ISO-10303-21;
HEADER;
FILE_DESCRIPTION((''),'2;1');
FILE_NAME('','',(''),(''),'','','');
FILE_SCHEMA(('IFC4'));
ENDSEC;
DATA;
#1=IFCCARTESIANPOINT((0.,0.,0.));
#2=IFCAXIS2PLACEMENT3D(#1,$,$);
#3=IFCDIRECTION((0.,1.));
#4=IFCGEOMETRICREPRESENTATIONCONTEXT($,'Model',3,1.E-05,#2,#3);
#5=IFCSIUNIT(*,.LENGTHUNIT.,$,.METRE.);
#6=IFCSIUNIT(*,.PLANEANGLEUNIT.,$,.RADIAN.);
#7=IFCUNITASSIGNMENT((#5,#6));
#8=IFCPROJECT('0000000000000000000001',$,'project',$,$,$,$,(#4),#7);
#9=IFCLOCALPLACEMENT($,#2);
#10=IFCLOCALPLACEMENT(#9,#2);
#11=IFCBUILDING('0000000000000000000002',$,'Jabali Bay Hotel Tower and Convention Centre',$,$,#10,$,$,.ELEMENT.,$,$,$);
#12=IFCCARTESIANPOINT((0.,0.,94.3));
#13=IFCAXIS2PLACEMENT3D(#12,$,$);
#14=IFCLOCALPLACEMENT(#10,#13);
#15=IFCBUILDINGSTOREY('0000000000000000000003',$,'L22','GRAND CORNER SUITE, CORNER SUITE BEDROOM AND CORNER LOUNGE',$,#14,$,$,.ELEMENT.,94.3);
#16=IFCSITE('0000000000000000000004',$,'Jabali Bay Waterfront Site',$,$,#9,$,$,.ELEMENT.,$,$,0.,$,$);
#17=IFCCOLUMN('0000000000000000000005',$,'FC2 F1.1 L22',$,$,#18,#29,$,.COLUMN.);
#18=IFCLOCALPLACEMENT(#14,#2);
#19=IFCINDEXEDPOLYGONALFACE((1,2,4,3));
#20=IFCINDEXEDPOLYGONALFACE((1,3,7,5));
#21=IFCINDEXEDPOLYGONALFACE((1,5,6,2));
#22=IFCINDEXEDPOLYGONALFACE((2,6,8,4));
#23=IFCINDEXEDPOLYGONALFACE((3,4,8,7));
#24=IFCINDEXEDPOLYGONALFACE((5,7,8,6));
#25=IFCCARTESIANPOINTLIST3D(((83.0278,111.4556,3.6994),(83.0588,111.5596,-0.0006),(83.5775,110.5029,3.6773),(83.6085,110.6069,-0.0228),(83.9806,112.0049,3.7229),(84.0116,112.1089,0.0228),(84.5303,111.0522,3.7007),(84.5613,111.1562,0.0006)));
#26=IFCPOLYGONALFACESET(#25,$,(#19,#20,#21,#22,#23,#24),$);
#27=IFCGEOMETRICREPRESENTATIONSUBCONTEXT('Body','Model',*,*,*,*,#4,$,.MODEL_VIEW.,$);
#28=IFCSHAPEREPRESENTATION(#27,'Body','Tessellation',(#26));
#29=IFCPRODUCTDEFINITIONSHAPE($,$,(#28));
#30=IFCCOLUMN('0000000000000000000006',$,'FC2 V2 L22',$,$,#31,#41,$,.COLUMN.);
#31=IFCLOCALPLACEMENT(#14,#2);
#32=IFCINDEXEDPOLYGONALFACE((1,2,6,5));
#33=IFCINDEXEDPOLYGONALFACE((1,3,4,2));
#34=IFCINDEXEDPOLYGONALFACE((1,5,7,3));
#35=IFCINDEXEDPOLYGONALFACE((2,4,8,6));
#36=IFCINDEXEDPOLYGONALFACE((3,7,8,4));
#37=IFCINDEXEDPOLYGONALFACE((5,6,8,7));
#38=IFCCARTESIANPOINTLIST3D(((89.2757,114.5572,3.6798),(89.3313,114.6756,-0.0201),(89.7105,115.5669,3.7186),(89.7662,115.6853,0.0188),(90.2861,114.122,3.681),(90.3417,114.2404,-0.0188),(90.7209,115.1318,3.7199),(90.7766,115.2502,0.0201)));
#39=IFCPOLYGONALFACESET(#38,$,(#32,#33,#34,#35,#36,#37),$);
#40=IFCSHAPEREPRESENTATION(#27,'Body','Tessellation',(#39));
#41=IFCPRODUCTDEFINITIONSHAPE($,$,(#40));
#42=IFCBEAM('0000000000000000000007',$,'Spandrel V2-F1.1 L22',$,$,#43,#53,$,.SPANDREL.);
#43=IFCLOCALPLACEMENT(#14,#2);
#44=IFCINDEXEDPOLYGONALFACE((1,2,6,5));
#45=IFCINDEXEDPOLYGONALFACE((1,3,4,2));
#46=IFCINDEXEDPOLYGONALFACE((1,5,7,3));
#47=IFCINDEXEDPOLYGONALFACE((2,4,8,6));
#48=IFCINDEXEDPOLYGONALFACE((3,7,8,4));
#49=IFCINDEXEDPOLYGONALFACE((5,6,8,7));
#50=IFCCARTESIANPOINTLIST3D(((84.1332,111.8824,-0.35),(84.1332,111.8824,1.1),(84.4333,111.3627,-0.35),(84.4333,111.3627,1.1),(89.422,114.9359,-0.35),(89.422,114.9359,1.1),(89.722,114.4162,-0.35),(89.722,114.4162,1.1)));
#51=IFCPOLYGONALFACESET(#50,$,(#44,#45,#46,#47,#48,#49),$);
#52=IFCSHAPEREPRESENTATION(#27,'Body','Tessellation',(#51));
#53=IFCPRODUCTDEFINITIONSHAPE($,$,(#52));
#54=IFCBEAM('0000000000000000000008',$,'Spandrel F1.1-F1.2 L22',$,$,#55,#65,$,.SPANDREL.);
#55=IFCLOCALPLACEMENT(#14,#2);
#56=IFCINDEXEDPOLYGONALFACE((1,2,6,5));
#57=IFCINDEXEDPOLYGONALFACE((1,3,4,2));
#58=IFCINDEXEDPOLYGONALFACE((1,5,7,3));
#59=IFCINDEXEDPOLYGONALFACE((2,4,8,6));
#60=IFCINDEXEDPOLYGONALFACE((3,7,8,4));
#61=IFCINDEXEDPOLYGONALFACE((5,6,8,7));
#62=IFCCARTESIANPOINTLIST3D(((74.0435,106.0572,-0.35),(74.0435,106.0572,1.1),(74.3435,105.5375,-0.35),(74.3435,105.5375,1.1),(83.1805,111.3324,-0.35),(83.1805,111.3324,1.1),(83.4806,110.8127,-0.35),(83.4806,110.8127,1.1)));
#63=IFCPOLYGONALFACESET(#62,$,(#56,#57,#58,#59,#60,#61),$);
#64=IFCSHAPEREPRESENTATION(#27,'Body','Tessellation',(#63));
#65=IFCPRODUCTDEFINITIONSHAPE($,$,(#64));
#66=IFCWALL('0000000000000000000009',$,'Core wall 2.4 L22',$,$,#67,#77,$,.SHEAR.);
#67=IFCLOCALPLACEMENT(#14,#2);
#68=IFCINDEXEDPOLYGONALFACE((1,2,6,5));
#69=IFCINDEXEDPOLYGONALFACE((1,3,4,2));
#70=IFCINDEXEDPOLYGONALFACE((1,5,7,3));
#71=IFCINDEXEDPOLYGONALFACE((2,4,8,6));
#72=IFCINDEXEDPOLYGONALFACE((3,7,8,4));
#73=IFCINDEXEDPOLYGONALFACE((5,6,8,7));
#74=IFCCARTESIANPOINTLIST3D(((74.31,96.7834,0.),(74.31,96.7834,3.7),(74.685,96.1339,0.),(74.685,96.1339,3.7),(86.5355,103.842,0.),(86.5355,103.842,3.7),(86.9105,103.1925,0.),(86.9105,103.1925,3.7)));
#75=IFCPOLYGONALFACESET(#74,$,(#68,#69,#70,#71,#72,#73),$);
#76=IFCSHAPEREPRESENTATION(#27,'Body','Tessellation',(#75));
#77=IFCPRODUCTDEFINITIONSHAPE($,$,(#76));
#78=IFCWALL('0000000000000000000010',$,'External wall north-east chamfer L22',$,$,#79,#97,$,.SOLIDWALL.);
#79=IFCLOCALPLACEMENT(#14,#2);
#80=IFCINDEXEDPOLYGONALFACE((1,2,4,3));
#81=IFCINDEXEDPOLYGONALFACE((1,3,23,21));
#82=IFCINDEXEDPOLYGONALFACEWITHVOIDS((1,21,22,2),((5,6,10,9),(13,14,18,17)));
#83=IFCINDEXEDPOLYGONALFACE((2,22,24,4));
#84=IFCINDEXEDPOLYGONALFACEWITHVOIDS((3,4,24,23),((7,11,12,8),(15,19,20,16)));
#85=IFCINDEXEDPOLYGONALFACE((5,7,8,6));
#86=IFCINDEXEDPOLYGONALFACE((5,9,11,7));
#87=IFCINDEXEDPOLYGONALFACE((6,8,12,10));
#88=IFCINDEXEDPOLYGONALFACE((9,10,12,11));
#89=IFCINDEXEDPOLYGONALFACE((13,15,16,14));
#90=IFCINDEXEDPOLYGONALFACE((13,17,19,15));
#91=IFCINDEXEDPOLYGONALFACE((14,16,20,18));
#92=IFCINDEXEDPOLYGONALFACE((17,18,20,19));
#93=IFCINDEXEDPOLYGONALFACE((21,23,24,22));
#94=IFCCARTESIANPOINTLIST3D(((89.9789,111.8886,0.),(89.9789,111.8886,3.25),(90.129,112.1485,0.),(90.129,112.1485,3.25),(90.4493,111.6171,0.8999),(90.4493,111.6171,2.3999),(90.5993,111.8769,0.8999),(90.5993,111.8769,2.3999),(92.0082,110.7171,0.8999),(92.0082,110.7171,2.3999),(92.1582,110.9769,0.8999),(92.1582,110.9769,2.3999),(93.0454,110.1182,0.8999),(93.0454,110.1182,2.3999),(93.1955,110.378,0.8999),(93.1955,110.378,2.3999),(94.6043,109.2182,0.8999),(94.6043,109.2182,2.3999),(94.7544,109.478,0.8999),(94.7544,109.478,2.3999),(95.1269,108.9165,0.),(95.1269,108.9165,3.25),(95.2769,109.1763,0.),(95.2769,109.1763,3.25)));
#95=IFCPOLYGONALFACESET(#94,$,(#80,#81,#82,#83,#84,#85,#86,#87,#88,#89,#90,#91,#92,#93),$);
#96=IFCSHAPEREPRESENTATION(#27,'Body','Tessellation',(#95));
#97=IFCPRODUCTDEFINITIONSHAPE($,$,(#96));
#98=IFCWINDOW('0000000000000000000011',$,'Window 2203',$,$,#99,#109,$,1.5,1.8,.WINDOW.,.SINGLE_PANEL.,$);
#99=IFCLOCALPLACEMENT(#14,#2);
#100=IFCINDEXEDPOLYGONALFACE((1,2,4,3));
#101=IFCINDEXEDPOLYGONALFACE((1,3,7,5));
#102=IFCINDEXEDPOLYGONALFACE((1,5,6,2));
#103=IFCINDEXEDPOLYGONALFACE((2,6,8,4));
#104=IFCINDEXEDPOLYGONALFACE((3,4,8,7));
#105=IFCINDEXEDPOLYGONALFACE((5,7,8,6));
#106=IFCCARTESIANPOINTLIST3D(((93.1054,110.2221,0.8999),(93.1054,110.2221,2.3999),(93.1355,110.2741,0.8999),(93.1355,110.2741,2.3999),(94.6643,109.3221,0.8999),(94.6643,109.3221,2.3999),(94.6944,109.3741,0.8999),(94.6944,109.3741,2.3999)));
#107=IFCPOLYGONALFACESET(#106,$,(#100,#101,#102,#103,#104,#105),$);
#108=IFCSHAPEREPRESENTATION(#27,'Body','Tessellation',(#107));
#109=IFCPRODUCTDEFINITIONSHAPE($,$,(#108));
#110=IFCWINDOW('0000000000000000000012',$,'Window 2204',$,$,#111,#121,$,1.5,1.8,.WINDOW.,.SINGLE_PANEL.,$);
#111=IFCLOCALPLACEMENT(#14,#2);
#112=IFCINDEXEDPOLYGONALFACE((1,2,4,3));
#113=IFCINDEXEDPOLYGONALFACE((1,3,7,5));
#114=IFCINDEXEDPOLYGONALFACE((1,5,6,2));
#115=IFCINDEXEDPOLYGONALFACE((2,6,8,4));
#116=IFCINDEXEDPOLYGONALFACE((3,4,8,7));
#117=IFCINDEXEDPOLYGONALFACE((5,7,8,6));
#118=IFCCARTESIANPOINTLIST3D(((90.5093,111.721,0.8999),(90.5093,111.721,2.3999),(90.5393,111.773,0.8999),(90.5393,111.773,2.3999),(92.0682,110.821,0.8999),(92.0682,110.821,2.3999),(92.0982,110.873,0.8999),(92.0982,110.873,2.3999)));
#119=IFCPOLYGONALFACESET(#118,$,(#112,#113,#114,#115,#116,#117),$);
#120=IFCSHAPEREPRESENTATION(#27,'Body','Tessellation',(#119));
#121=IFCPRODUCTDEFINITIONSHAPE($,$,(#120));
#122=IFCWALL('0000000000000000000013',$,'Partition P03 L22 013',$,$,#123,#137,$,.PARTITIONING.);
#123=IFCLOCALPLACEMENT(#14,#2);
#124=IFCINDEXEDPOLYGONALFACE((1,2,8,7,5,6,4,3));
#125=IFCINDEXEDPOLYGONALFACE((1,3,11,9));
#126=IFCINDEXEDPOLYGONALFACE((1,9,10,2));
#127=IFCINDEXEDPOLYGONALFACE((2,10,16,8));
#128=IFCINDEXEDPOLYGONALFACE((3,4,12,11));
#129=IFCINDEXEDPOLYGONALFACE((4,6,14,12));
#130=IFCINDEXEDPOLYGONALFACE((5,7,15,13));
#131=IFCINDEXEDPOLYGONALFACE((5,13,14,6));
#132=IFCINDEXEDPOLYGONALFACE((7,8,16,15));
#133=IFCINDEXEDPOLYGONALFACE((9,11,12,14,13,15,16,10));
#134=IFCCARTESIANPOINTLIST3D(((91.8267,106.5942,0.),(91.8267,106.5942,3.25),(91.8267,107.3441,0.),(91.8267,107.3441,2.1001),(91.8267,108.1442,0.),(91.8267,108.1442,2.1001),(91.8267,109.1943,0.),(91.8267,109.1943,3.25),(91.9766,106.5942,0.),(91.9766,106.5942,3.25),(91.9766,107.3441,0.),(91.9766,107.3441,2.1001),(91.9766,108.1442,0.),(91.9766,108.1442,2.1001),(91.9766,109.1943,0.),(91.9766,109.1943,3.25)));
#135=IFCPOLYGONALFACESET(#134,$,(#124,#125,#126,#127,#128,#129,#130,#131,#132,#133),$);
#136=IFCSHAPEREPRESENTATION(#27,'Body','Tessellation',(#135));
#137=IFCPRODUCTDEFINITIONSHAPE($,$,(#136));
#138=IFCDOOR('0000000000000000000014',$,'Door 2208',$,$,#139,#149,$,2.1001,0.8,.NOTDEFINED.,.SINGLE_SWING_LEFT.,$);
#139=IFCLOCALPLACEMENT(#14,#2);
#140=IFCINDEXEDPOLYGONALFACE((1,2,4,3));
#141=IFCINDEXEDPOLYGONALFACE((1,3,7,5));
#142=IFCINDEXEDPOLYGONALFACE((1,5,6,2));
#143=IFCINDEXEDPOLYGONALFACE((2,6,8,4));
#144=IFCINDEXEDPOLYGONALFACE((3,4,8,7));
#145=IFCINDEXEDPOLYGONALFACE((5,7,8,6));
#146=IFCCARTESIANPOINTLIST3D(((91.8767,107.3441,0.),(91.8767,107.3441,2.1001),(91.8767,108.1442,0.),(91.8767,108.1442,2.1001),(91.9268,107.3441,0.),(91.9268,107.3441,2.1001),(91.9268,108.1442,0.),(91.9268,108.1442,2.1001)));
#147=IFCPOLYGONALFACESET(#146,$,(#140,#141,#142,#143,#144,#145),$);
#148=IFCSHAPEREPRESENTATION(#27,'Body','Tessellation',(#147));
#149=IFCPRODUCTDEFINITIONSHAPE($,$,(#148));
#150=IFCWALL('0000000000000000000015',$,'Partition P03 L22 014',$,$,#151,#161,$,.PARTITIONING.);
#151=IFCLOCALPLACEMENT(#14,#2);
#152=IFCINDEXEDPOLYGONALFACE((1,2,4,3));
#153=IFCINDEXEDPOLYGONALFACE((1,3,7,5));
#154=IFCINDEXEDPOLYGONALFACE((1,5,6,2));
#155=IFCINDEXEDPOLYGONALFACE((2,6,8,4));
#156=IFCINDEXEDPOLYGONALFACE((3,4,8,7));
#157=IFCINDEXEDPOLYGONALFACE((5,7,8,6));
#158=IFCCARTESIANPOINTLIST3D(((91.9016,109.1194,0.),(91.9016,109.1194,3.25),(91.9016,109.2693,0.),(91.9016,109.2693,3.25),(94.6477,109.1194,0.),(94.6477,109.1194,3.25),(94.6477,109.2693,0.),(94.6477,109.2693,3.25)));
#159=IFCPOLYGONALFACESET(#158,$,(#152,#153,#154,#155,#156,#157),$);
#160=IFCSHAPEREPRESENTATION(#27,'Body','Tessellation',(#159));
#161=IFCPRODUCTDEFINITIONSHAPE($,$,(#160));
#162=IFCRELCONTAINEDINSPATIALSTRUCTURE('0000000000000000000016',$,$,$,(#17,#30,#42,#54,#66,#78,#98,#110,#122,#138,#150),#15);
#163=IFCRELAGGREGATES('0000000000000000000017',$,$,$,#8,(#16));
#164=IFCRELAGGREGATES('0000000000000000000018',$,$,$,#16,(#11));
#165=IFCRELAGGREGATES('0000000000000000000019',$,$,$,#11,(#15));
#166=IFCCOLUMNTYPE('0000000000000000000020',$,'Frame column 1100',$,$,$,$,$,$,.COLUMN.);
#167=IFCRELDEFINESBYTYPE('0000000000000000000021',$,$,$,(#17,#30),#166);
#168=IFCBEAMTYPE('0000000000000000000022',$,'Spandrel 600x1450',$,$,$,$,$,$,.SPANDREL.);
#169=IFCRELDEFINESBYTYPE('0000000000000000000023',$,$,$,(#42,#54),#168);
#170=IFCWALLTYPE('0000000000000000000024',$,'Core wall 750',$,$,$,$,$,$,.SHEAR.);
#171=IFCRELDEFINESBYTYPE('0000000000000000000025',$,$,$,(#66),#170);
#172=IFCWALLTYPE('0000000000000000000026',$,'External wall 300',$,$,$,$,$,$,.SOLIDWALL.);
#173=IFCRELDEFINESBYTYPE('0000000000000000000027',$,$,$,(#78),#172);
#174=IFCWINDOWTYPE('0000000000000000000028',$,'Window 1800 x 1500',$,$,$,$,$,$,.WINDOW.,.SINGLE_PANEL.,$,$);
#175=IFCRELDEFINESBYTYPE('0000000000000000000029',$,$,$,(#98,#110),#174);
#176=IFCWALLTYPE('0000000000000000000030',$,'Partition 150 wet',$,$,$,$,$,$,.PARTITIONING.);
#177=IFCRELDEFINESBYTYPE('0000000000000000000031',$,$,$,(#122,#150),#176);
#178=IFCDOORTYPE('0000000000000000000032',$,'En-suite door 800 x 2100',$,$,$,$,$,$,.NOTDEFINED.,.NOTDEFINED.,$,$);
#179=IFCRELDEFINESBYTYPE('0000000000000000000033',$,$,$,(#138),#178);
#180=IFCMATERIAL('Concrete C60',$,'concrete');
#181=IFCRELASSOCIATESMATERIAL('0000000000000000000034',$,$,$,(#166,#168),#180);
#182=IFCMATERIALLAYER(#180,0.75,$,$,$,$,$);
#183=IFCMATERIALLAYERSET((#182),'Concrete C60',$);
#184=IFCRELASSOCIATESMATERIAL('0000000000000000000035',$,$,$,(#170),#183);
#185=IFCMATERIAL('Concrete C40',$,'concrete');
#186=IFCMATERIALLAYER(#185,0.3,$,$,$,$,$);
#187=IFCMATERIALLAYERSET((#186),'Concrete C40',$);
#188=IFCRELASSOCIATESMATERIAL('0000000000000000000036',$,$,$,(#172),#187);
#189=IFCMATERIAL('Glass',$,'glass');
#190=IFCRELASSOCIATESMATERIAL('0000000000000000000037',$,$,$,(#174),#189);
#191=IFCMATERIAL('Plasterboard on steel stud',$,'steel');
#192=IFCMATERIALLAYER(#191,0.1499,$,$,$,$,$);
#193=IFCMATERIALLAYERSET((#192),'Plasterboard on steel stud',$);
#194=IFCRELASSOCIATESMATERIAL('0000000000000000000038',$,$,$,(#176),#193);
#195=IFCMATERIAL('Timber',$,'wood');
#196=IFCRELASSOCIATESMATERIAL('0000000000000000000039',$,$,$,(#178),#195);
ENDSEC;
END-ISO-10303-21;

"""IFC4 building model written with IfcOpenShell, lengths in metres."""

from ifc_helpers import new_model, si_unit, direction, frame, frame_2d, origin, origin_2d, place, context, subcontext, project, spatial, rectangle, extrude, material, layer, layer_set, material_profile, profile_set, type_object, element, fill, save


model = new_model("IFC4")

# Units and contexts
model_context = context("Model", 3, precision=1e-05, world=origin(), true_north=direction((0.0, 1.0)))
body_context = subcontext(model_context, "Body", "Model", "MODEL_VIEW")
ifc_project = project(units=[si_unit("LENGTHUNIT", "METRE"), si_unit("PLANEANGLEUNIT", "RADIAN")], contexts=[model_context])

# Site, building, storey
site_placement = place(None, origin())
site = spatial("IfcSite", under=ifc_project, at=site_placement, Name="Jabali Bay Waterfront Site", CompositionType="ELEMENT", RefElevation=0.0)
building_placement = place(site_placement, origin())
building = spatial("IfcBuilding", under=site, at=building_placement, Name="Jabali Bay Hotel Tower and Convention Centre", CompositionType="ELEMENT")
storey_placement = place(building_placement, frame((0.0, 0.0, 94.3)))
storey = spatial("IfcBuildingStorey", under=building, at=storey_placement, Name="L22", Description="GRAND CORNER SUITE, CORNER SUITE BEDROOM AND CORNER LOUNGE", CompositionType="ELEMENT", Elevation=94.3)

# Columns
ifc_material_1 = material(Name="Concrete C60", Category="concrete")
ifc_material_profile_1 = material_profile(ifc_material_1, rectangle(XDim=1.1001, YDim=1.1001, at=origin_2d()), Name="Frame column 1100")
ifc_profile_set_1 = profile_set([ifc_material_profile_1], Name="Concrete C60")
column_type = type_object("IfcColumnType", Name="Frame column 1100", PredefinedType="COLUMN", material=ifc_profile_set_1)
column_1_placement = place(storey_placement, frame((83.8101, 111.3579, 0.0), z_axis=(-0.008376, -0.028097, 0.99957), x_axis=(0.866172, 0.499293, 0.021293)))
element("IfcColumn", 1, at=column_1_placement, inside=storey, type_object=column_type, Name="FC2 F1.1 L22", PredefinedType="COLUMN", context=body_context, shape_type="SweptSolid", body=[
    extrude(rectangle(XDim=1.1001, YDim=1.1001, at=origin_2d()), origin(), (0.0, 0.0, 1.0), 3.7017),
])
column_2_placement = place(storey_placement, frame((90.054, 114.9629, 0.0), z_axis=(-0.015035, -0.031983, 0.999375), x_axis=(0.918441, -0.395555, 0.001159)))
element("IfcColumn", 2, at=column_2_placement, inside=storey, type_object=column_type, Name="FC2 V2 L22", PredefinedType="COLUMN", context=body_context, shape_type="SweptSolid", body=[
    extrude(rectangle(XDim=1.1001, YDim=1.1001, at=origin_2d()), origin(), (0.0, 0.0, 1.0), 3.7021),
])

# Beams
ifc_material_profile_2 = material_profile(ifc_material_1, rectangle(XDim=0.6001, YDim=1.45, at=origin_2d()), Name="Spandrel 600x1450")
ifc_profile_set_2 = profile_set([ifc_material_profile_2], Name="Concrete C60")
beam_type = type_object("IfcBeamType", Name="Spandrel 600x1450", PredefinedType="SPANDREL", material=ifc_profile_set_2)
beam_1_placement = place(storey_placement, frame((89.572, 114.676, 0.375), z_axis=(-0.866028, -0.499996, 0.0), x_axis=(0.499996, -0.866028, 0.0)))
element("IfcBeam", 3, at=beam_1_placement, inside=storey, type_object=beam_type, Name="Spandrel V2-F1.1 L22", PredefinedType="SPANDREL", context=body_context, shape_type="SweptSolid", body=[
    extrude(rectangle(XDim=0.6001, YDim=1.45, at=origin_2d()), origin(), (0.0, 0.0, 1.0), 6.1069),
])
beam_2_placement = place(storey_placement, frame((83.3306, 111.0725, 0.375), z_axis=(-0.866029, -0.499994, 0.0), x_axis=(0.499994, -0.866029, 0.0)))
element("IfcBeam", 4, at=beam_2_placement, inside=storey, type_object=beam_type, Name="Spandrel F1.1-F1.2 L22", PredefinedType="SPANDREL", context=body_context, shape_type="SweptSolid", body=[
    extrude(rectangle(XDim=0.6001, YDim=1.45, at=origin_2d()), origin(), (0.0, 0.0, 1.0), 10.5505),
])

# Wall
ifc_layer_1 = layer(ifc_material_1, 0.75)
ifc_layer_set_1 = layer_set([ifc_layer_1], Name="Concrete C60")
wall_type_1 = type_object("IfcWallType", Name="Core wall 750", PredefinedType="SHEAR", material=ifc_layer_set_1)
wall_1_placement = place(storey_placement, frame((86.7231, 103.5173, 0.0), z_axis=(0.0, 0.0, 1.0), x_axis=(-0.866021, -0.500008, 0.0)))
element("IfcWall", 5, at=wall_1_placement, inside=storey, type_object=wall_type_1, Name="Core wall 2.4 L22", PredefinedType="SHEAR", context=body_context, shape_type="SweptSolid", body=[
    extrude(rectangle(XDim=14.1169, YDim=0.75, at=frame_2d((7.0586, 0.0))), origin(), (0.0, 0.0, 1.0), 3.7),
])

# Wall, openings, windows
ifc_material_2 = material(Name="Concrete C40", Category="concrete")
ifc_layer_2 = layer(ifc_material_2, 0.3)
ifc_layer_set_2 = layer_set([ifc_layer_2], Name="Concrete C40")
wall_type_2 = type_object("IfcWallType", Name="External wall 300", PredefinedType="SOLIDWALL", material=ifc_layer_set_2)
wall_2_placement = place(storey_placement, frame((90.054, 112.0186, 0.0), z_axis=(0.0, 0.0, 1.0), x_axis=(0.866026, -0.5, 0.0)))
wall_2 = element("IfcWall", 6, at=wall_2_placement, inside=storey, type_object=wall_type_2, Name="External wall north-east chamfer L22", PredefinedType="SOLIDWALL", context=body_context, shape_type="SweptSolid", body=[
    extrude(rectangle(XDim=5.9443, YDim=0.3, at=frame_2d((2.9722, 0.0))), origin(), (0.0, 0.0, 1.0), 3.25),
])
opening_1_placement = place(wall_2_placement, frame((3.541, 0.0, 0.8999)))
opening_1 = element("IfcOpeningElement", 7, at=opening_1_placement, cuts=wall_2, PredefinedType="OPENING", context=body_context, shape_type="SweptSolid", body=[
    extrude(rectangle(XDim=1.8, YDim=1.5, at=frame_2d((0.8999, 0.75))), frame((0.0, 0.1606, 0.0), z_axis=(0.0, -1.0, 0.0), x_axis=(1.0, 0.0, 0.0)), (0.0, 0.0, 1.0), 0.321),
])
opening_2_placement = place(wall_2_placement, frame((0.5432, 0.0, 0.8999)))
opening_2 = element("IfcOpeningElement", 8, at=opening_2_placement, cuts=wall_2, PredefinedType="OPENING", context=body_context, shape_type="SweptSolid", body=[
    extrude(rectangle(XDim=1.8, YDim=1.5, at=frame_2d((0.8999, 0.75))), frame((0.0, 0.1606, 0.0), z_axis=(0.0, -1.0, 0.0), x_axis=(1.0, 0.0, 0.0)), (0.0, 0.0, 1.0), 0.321),
])
ifc_material_3 = material(Name="Glass", Category="glass")
window_type = type_object("IfcWindowType", Name="Window 1800 x 1500", PartitioningType="SINGLE_PANEL", PredefinedType="WINDOW", material=ifc_material_3)
window_1_placement = place(opening_1_placement, origin())
window_1 = element("IfcWindow", 9, at=window_1_placement, inside=storey, type_object=window_type, Name="Window 2203", OverallHeight=1.5, OverallWidth=1.8, PartitioningType="SINGLE_PANEL", PredefinedType="WINDOW", context=body_context, shape_type="SweptSolid", body=[
    extrude(rectangle(XDim=1.8, YDim=1.5, at=frame_2d((0.8999, 0.75))), frame((0.0, 0.03, 0.0), z_axis=(0.0, -1.0, 0.0), x_axis=(1.0, 0.0, 0.0)), (0.0, 0.0, 1.0), 0.0601),
])
fill(opening_1, window_1)
window_2_placement = place(opening_2_placement, origin())
window_2 = element("IfcWindow", 10, at=window_2_placement, inside=storey, type_object=window_type, Name="Window 2204", OverallHeight=1.5, OverallWidth=1.8, PartitioningType="SINGLE_PANEL", PredefinedType="WINDOW", context=body_context, shape_type="SweptSolid", body=[
    extrude(rectangle(XDim=1.8, YDim=1.5, at=frame_2d((0.8999, 0.75))), frame((0.0, 0.03, 0.0), z_axis=(0.0, -1.0, 0.0), x_axis=(1.0, 0.0, 0.0)), (0.0, 0.0, 1.0), 0.0601),
])
fill(opening_2, window_2)

# Wall, opening, door
ifc_material_4 = material(Name="Plasterboard on steel stud", Category="steel")
ifc_layer_3 = layer(ifc_material_4, 0.1499)
ifc_layer_set_3 = layer_set([ifc_layer_3], Name="Plasterboard on steel stud")
wall_type_3 = type_object("IfcWallType", Name="Partition 150 wet", PredefinedType="PARTITIONING", material=ifc_layer_set_3)
wall_3_placement = place(storey_placement, frame((91.9016, 106.5942, 0.0), z_axis=(0.0, 0.0, 1.0), x_axis=(0.0, 1.0, 0.0)))
wall_3 = element("IfcWall", 11, at=wall_3_placement, inside=storey, type_object=wall_type_3, Name="Partition P03 L22 013", PredefinedType="PARTITIONING", context=body_context, shape_type="SweptSolid", body=[
    extrude(rectangle(XDim=2.6001, YDim=0.1499, at=frame_2d((1.3, 0.0))), origin(), (0.0, 0.0, 1.0), 3.25),
])
opening_3_placement = place(wall_3_placement, frame((0.75, 0.0, 0.0)))
opening_3 = element("IfcOpeningElement", 12, at=opening_3_placement, cuts=wall_3, PredefinedType="OPENING", context=body_context, shape_type="SweptSolid", body=[
    extrude(rectangle(XDim=0.8, YDim=2.1001, at=frame_2d((0.3999, 1.05))), frame((0.0, 0.0854, 0.0), z_axis=(0.0, -1.0, 0.0), x_axis=(1.0, 0.0, 0.0)), (0.0, 0.0, 1.0), 0.1709),
])
ifc_material_5 = material(Name="Timber", Category="wood")
door_type = type_object("IfcDoorType", Name="En-suite door 800 x 2100", OperationType="NOTDEFINED", PredefinedType="NOTDEFINED", material=ifc_material_5)
door_placement = place(opening_3_placement, origin())
door = element("IfcDoor", 13, at=door_placement, inside=storey, type_object=door_type, Name="Door 2208", OperationType="SINGLE_SWING_LEFT", OverallHeight=2.1001, OverallWidth=0.8, PredefinedType="NOTDEFINED", context=body_context, shape_type="SweptSolid", body=[
    extrude(rectangle(XDim=0.8, YDim=2.1001, at=frame_2d((0.3999, 1.05))), frame((0.0, 0.0249, 0.0), z_axis=(0.0, -1.0, 0.0), x_axis=(1.0, 0.0, 0.0)), (0.0, 0.0, 1.0), 0.05),
])
fill(opening_3, door)

# Wall
wall_4_placement = place(storey_placement, frame((91.9016, 109.1943, 0.0), z_axis=(0.0, 0.0, 1.0), x_axis=(1.0, 0.0, 0.0)))
element("IfcWall", 14, at=wall_4_placement, inside=storey, type_object=wall_type_3, Name="Partition P03 L22 014", PredefinedType="PARTITIONING", context=body_context, shape_type="SweptSolid", body=[
    extrude(rectangle(XDim=2.7461, YDim=0.1499, at=frame_2d((1.373, 0.0))), origin(), (0.0, 0.0, 1.0), 3.25),
])

save(model, "model.ifc")
